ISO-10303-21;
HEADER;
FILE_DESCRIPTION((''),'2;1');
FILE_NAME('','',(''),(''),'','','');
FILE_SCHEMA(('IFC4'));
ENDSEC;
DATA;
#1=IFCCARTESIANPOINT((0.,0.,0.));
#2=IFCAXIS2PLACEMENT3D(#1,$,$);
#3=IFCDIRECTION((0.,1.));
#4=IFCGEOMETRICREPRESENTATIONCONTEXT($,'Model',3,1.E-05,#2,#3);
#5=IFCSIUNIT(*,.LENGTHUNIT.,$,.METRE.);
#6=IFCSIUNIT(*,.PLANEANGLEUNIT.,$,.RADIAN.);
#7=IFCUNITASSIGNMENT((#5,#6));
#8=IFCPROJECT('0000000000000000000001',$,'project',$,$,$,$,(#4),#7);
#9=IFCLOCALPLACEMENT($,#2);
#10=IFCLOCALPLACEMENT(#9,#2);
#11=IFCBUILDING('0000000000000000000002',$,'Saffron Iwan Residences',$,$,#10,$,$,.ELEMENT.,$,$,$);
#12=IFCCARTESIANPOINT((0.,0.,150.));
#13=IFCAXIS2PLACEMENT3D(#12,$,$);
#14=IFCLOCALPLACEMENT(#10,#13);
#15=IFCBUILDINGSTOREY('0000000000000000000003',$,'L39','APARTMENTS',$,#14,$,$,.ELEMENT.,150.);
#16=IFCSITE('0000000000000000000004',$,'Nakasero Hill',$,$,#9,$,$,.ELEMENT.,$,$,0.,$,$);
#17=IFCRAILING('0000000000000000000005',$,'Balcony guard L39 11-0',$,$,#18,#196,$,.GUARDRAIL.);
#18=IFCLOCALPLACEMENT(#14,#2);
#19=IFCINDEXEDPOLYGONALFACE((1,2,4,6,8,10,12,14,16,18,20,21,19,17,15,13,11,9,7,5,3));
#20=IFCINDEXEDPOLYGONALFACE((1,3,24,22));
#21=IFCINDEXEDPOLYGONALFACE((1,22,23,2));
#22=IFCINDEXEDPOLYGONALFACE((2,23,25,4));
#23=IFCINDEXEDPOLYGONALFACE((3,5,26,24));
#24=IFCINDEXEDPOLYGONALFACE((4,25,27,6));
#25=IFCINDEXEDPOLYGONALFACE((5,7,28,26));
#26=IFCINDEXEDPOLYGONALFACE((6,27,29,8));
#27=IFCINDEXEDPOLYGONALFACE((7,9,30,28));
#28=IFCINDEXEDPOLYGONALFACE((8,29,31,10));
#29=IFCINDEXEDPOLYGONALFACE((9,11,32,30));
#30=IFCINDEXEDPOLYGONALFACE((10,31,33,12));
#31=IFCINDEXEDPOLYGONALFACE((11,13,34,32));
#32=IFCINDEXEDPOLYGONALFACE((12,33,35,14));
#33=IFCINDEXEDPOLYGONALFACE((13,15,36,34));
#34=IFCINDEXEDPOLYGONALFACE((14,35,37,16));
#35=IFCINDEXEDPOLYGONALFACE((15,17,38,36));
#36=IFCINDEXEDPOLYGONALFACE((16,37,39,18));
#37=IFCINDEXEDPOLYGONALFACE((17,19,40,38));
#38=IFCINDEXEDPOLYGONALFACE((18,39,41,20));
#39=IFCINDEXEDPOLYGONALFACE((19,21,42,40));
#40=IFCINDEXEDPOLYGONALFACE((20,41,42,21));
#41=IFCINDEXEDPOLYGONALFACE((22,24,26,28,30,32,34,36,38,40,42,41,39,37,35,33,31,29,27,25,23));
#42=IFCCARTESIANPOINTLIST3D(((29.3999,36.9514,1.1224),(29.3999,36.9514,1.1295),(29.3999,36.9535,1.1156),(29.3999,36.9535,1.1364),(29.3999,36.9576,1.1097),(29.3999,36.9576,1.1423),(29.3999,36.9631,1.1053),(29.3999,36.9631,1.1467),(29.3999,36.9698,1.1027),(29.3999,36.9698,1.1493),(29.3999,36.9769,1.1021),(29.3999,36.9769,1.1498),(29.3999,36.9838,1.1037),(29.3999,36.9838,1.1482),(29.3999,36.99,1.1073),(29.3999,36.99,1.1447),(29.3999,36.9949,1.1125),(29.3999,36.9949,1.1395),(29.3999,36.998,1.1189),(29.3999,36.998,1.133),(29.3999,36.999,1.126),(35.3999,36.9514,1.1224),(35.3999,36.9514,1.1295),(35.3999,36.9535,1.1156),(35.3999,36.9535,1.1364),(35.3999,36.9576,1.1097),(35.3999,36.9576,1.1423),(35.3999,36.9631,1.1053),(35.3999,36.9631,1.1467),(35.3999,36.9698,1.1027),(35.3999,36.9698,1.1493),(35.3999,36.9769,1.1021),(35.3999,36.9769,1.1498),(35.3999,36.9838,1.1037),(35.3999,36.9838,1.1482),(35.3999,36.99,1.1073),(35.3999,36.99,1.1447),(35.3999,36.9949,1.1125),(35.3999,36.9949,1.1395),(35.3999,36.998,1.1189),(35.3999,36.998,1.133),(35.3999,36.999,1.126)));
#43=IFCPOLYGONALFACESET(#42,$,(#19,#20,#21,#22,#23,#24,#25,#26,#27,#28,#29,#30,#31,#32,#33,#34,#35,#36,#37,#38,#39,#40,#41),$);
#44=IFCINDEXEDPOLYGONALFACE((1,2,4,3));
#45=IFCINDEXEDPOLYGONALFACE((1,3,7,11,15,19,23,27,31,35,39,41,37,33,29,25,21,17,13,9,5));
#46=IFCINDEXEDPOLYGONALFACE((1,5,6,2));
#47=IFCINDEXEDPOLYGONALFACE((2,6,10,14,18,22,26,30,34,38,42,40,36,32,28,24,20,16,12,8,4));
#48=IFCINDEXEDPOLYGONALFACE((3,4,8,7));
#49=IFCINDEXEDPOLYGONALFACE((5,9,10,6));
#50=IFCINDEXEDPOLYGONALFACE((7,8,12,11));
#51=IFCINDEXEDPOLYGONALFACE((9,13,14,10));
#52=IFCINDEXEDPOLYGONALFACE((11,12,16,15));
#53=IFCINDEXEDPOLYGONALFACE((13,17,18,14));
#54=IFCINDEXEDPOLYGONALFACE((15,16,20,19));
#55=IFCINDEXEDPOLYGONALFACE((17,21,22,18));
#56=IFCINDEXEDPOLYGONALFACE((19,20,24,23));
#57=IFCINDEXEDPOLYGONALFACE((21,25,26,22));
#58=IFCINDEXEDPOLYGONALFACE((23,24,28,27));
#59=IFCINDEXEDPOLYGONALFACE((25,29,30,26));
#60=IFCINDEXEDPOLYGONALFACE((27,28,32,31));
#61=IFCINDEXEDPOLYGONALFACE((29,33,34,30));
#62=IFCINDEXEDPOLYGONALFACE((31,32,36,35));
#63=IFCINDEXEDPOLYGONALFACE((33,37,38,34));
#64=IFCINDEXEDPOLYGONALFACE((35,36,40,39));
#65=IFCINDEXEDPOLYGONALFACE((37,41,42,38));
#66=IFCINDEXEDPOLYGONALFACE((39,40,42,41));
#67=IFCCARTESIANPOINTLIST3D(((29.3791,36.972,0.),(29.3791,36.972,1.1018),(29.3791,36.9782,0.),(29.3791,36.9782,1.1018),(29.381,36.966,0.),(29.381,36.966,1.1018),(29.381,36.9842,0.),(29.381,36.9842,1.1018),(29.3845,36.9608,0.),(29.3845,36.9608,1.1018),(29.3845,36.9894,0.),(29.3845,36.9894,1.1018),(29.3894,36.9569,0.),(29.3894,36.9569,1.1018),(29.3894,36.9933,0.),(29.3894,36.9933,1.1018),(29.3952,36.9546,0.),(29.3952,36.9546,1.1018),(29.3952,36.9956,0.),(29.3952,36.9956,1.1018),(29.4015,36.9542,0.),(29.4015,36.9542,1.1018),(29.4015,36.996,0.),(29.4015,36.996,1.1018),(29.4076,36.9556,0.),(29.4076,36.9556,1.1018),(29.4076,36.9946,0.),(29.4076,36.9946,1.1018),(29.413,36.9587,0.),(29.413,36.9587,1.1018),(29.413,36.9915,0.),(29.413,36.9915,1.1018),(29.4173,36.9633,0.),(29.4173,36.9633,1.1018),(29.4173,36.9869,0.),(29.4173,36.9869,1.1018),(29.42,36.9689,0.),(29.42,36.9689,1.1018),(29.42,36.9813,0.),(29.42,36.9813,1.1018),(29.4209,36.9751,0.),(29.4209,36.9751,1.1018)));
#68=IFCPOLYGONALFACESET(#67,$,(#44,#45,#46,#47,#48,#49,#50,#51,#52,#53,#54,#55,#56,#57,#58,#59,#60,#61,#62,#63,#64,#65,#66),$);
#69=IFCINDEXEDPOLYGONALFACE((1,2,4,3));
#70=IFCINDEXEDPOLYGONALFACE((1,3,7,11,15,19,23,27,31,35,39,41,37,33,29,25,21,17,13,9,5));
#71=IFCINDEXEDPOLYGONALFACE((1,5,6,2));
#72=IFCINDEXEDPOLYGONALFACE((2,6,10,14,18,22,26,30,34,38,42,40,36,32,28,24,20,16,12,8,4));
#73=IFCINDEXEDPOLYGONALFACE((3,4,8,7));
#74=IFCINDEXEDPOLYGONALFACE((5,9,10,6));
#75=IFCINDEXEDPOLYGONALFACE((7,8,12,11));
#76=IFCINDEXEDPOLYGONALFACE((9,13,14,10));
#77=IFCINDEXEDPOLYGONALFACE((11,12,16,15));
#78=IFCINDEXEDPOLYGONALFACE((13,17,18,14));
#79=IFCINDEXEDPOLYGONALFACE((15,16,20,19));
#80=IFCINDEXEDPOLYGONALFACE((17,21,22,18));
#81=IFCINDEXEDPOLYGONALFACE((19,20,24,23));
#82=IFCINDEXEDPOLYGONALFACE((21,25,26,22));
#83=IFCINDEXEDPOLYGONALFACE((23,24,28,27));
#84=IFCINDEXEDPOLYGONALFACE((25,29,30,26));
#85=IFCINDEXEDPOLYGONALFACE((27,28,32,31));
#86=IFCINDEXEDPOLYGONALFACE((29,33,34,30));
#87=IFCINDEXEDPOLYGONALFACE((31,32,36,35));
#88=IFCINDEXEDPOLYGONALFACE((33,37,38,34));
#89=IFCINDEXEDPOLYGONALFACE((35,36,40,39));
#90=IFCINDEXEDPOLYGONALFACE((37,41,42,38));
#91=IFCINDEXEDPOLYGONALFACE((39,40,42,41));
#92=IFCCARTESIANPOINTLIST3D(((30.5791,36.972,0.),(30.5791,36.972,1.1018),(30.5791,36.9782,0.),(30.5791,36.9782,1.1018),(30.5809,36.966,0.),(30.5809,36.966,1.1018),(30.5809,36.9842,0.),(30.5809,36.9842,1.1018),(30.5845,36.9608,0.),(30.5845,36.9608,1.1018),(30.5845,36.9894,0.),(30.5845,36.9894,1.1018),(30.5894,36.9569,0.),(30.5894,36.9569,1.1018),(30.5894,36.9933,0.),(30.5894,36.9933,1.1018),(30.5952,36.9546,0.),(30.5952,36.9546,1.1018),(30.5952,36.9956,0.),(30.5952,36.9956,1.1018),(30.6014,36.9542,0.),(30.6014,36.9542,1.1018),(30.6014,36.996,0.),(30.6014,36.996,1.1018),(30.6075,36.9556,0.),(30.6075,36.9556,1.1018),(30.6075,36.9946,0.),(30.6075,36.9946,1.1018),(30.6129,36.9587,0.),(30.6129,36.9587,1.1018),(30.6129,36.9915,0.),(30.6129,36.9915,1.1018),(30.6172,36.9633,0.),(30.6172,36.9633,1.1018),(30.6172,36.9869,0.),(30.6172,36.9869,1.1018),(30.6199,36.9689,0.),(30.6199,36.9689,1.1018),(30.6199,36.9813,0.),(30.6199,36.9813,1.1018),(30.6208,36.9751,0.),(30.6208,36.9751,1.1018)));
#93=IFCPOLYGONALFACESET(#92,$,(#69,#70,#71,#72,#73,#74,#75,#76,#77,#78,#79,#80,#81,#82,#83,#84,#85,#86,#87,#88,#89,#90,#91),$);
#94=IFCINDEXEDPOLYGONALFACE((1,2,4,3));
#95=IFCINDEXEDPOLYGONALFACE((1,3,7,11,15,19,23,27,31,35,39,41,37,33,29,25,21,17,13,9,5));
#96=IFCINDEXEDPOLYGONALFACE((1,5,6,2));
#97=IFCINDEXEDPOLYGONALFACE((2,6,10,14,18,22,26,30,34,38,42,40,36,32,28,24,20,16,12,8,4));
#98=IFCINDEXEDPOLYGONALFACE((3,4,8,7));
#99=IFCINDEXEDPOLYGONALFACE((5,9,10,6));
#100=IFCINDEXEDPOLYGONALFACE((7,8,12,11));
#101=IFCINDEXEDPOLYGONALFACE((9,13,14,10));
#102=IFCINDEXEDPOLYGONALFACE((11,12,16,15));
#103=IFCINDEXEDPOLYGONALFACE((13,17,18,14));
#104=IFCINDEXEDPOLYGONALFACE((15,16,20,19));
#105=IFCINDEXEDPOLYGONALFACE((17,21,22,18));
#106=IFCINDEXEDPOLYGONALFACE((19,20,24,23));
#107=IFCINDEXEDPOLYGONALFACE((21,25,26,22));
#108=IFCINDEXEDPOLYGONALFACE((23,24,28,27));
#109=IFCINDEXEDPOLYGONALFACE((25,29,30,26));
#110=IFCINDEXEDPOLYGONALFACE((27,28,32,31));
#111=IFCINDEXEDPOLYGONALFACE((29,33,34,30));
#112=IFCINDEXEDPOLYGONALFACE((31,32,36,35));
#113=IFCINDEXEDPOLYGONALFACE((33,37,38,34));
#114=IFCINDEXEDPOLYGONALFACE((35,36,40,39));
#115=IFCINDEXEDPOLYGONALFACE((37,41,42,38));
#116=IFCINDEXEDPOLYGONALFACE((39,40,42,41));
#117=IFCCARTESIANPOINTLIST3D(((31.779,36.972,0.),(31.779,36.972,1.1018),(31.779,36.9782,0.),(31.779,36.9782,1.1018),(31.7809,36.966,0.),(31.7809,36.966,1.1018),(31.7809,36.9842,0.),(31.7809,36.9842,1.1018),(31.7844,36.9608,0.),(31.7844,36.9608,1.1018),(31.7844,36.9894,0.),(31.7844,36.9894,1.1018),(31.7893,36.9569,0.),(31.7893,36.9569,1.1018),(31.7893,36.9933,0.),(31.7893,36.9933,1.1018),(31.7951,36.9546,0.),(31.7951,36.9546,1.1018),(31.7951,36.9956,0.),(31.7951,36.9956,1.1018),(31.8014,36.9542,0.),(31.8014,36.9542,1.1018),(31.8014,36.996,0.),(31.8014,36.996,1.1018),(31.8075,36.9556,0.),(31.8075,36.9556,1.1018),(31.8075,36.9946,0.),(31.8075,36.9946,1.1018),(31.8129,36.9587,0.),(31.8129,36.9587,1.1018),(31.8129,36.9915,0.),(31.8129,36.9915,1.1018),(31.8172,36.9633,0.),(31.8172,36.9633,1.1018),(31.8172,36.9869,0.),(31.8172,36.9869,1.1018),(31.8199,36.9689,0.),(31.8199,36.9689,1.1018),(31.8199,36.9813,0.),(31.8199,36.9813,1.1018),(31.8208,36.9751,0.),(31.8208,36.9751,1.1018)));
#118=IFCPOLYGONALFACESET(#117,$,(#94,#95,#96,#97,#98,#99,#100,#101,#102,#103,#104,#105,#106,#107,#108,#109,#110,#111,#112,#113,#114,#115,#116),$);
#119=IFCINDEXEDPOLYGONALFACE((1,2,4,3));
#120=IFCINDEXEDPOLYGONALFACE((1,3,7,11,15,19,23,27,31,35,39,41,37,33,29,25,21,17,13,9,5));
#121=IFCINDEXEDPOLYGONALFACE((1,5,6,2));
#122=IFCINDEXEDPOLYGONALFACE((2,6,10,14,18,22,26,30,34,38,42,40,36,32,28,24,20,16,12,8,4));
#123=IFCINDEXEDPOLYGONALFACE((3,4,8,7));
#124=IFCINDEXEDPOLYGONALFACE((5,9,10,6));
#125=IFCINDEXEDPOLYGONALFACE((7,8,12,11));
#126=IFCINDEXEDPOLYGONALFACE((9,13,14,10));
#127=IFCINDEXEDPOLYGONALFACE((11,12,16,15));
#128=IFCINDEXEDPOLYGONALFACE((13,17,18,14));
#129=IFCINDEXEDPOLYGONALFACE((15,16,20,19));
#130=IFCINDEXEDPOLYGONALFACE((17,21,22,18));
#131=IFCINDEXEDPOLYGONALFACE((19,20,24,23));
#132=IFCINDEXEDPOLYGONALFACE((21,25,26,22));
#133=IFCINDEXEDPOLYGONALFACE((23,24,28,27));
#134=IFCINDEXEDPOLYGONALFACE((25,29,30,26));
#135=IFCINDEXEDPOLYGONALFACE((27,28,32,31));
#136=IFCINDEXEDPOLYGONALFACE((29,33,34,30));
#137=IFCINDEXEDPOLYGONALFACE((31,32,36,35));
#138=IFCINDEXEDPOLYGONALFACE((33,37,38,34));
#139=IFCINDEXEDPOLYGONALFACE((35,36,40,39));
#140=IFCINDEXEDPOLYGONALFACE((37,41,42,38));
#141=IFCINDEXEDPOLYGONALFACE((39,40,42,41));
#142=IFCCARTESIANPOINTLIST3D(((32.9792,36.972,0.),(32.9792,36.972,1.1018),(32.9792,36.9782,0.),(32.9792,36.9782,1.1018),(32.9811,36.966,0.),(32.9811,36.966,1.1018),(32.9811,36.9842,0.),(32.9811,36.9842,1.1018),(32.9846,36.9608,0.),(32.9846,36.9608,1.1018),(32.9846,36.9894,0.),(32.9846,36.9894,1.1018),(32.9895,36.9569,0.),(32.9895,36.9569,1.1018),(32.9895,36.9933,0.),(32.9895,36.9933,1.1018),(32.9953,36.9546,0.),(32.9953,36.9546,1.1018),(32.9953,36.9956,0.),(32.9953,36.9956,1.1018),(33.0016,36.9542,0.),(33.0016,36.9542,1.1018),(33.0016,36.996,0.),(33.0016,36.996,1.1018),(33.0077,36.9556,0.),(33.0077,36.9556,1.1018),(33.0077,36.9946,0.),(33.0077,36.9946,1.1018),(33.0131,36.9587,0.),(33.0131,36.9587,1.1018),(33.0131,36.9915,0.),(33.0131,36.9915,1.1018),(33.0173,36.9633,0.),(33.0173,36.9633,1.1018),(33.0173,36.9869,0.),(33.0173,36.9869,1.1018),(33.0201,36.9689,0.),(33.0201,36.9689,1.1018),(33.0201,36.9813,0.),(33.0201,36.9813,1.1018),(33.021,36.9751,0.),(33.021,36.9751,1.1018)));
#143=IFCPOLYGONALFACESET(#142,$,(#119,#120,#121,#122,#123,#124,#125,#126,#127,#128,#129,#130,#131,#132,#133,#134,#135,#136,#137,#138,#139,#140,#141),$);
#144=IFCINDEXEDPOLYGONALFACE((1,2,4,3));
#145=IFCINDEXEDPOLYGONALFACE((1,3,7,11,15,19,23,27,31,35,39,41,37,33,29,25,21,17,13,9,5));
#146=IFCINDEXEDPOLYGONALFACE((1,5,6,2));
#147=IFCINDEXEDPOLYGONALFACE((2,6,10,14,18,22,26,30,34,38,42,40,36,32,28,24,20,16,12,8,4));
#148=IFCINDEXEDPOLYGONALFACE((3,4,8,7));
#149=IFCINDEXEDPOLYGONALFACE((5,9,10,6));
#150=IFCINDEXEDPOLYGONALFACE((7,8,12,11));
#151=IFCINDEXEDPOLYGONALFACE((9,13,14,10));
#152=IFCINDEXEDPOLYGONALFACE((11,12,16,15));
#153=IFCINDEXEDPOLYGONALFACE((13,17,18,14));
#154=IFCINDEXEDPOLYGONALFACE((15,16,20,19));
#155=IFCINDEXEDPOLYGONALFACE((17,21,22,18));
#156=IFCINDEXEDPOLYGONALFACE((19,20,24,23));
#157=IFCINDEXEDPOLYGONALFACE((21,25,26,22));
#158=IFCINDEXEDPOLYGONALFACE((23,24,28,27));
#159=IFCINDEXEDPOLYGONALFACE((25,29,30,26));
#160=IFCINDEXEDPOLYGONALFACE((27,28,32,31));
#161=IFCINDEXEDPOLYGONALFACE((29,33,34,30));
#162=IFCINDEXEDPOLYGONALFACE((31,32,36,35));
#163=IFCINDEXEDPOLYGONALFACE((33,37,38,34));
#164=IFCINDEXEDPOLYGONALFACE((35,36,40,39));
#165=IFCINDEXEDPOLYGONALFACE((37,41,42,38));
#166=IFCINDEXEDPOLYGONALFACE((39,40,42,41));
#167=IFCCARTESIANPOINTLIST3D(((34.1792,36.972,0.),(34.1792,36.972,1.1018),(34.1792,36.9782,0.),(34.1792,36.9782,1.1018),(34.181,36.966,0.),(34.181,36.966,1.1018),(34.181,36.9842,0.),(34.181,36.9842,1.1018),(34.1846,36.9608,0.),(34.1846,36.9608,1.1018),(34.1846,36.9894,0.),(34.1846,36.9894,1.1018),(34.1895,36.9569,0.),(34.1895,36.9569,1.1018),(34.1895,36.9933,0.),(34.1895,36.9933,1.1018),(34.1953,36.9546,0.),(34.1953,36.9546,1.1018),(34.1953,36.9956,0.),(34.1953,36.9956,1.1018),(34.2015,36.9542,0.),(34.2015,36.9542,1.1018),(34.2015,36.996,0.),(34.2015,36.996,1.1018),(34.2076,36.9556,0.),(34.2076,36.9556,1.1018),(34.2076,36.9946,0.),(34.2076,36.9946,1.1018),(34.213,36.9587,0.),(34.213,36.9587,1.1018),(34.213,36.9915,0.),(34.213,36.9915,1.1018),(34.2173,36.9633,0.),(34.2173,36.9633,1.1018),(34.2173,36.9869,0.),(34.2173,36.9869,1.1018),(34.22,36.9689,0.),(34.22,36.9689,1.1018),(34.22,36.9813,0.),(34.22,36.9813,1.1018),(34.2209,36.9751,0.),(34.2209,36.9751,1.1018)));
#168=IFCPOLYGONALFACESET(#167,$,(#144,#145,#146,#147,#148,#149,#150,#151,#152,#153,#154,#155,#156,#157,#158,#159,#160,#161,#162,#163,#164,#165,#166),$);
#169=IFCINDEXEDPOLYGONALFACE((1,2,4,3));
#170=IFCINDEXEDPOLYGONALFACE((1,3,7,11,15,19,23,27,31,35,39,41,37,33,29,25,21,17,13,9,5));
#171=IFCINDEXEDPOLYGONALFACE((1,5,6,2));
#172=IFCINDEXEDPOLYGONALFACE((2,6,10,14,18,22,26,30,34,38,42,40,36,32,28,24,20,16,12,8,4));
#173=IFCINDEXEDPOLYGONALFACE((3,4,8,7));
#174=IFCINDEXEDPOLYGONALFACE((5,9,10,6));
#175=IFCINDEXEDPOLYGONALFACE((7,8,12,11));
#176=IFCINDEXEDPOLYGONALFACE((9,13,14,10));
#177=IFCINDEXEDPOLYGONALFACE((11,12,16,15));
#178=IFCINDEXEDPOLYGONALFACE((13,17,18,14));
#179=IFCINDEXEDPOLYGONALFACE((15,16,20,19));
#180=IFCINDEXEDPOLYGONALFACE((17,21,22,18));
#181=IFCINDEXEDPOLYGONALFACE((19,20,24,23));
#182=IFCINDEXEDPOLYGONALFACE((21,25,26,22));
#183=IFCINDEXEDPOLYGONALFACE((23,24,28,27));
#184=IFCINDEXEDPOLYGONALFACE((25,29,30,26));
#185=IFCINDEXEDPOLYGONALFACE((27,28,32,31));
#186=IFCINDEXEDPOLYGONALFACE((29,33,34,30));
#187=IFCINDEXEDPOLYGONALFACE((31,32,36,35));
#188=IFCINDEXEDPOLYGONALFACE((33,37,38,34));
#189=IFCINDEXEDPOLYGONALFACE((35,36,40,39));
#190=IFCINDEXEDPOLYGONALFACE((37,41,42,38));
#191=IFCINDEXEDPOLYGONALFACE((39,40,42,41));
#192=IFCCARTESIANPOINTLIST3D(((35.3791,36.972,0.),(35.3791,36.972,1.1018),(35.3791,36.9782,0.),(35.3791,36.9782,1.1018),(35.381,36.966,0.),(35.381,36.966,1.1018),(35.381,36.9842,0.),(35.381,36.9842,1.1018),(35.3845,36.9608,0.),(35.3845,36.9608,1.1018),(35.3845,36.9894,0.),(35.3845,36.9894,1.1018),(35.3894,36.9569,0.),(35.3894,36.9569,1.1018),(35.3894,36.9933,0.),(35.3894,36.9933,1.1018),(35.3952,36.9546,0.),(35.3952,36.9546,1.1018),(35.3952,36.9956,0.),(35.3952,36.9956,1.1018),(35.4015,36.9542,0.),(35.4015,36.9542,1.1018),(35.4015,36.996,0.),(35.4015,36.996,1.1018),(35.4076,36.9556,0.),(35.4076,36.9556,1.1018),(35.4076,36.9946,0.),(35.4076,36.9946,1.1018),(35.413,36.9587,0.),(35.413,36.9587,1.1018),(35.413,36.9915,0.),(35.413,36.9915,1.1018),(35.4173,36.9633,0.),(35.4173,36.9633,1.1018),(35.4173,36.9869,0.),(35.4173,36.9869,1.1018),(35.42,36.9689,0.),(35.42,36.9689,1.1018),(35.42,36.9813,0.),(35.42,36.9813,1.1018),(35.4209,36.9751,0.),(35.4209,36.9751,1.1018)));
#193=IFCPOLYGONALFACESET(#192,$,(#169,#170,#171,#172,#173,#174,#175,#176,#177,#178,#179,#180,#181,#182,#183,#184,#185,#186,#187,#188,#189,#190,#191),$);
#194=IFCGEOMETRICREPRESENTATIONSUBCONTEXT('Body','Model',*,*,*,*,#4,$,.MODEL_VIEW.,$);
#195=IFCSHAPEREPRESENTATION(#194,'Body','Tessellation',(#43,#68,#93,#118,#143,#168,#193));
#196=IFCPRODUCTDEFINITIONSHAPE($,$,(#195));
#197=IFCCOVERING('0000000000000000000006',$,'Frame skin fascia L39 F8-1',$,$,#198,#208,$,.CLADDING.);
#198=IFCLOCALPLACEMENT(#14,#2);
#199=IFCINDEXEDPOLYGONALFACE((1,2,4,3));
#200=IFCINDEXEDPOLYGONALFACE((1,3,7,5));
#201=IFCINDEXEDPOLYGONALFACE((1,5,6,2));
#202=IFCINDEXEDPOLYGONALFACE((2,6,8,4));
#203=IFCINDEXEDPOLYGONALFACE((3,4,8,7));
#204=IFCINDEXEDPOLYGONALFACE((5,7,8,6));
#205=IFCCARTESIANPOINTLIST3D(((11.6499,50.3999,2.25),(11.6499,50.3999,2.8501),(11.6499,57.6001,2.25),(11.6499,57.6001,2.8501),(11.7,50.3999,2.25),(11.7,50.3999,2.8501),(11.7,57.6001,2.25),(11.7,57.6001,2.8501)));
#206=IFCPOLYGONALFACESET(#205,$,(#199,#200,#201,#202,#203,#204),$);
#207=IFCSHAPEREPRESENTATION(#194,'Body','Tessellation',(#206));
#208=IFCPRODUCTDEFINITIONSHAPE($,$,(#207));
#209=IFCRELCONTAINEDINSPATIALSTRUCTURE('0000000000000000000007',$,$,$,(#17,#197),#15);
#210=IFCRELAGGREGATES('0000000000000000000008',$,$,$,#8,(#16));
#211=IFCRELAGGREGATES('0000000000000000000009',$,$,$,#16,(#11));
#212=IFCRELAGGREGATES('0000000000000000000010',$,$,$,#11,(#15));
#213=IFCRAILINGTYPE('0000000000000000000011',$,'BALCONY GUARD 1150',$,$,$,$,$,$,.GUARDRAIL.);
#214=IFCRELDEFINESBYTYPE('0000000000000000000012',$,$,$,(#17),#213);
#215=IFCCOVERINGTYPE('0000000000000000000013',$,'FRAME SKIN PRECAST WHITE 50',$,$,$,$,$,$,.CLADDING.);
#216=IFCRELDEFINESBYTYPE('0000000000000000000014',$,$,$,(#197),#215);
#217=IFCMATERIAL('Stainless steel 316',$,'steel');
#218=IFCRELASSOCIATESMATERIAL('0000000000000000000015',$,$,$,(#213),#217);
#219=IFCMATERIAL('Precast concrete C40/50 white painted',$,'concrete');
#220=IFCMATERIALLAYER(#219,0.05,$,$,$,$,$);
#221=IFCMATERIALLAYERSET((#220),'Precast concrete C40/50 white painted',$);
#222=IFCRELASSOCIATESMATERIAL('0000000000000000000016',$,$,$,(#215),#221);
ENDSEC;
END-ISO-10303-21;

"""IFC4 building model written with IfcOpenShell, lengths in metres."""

from ifc_helpers import new_model, si_unit, direction, frame, origin, origin_2d, place, context, subcontext, project, spatial, polyline, circle, outline, extrude, material, layer, layer_set, type_object, element, save


model = new_model("IFC4")

# Units and contexts
model_context = context("Model", 3, precision=1e-05, world=origin(), true_north=direction((0.0, 1.0)))
body_context = subcontext(model_context, "Body", "Model", "MODEL_VIEW")
ifc_project = project(units=[si_unit("LENGTHUNIT", "METRE"), si_unit("PLANEANGLEUNIT", "RADIAN")], contexts=[model_context])

# Site, building, storey
site_placement = place(None, origin())
site = spatial("IfcSite", under=ifc_project, at=site_placement, Name="Nakasero Hill", CompositionType="ELEMENT", RefElevation=0.0)
building_placement = place(site_placement, origin())
building = spatial("IfcBuilding", under=site, at=building_placement, Name="Saffron Iwan Residences", CompositionType="ELEMENT")
storey_placement = place(building_placement, frame((0.0, 0.0, 150.0)))
storey = spatial("IfcBuildingStorey", under=building, at=storey_placement, Name="L39", Description="APARTMENTS", CompositionType="ELEMENT", Elevation=150.0)

# Railing
ifc_material_1 = material(Name="Stainless steel 316", Category="steel")
railing_type = type_object("IfcRailingType", Name="BALCONY GUARD 1150", PredefinedType="GUARDRAIL", material=ifc_material_1)
railing_placement = place(storey_placement, frame((29.3999, 36.9751, 0.0)))
element("IfcRailing", 1, at=railing_placement, inside=storey, type_object=railing_type, Name="Balcony guard L39 11-0", PredefinedType="GUARDRAIL", context=body_context, shape_type="SweptSolid", body=[
    extrude(circle(Radius=0.0239, at=origin_2d()), frame((0.0, 0.0, 1.126), z_axis=(1.0, 0.0, 0.0), x_axis=(0.0, 1.0, 0.0)), (0.0, 0.0, 1.0), 6.0),
    extrude(circle(Radius=0.021, at=origin_2d()), origin(), (0.0, 0.0, 1.0), 1.1018),
    extrude(circle(Radius=0.021, at=origin_2d()), frame((1.2, 0.0, 0.0)), (0.0, 0.0, 1.0), 1.1018),
    extrude(circle(Radius=0.021, at=origin_2d()), frame((2.3999, 0.0, 0.0)), (0.0, 0.0, 1.0), 1.1018),
    extrude(circle(Radius=0.021, at=origin_2d()), frame((3.6001, 0.0, 0.0)), (0.0, 0.0, 1.0), 1.1018),
    extrude(circle(Radius=0.021, at=origin_2d()), frame((4.8, 0.0, 0.0)), (0.0, 0.0, 1.0), 1.1018),
    extrude(circle(Radius=0.021, at=origin_2d()), frame((6.0, 0.0, 0.0)), (0.0, 0.0, 1.0), 1.1018),
])

# Covering
ifc_material_2 = material(Name="Precast concrete C40/50 white painted", Category="concrete")
ifc_layer_1 = layer(ifc_material_2, 0.05)
ifc_layer_set_1 = layer_set([ifc_layer_1], Name="Precast concrete C40/50 white painted")
covering_type = type_object("IfcCoveringType", Name="FRAME SKIN PRECAST WHITE 50", PredefinedType="CLADDING", material=ifc_layer_set_1)
covering_1_placement = place(storey_placement, frame((0.0, 0.0, 2.25)))
element("IfcCovering", 2, at=covering_1_placement, inside=storey, type_object=covering_type, Name="Frame skin fascia L39 F8-1", PredefinedType="CLADDING", context=body_context, shape_type="SweptSolid", body=[
    extrude(outline(polyline([(11.6499, 57.6001), (11.6499, 50.3999), (11.7, 50.3999), (11.7, 57.6001), (11.6499, 57.6001)])), origin(), (0.0, 0.0, 1.0), 0.6001),
])

save(model, "model.ifc")
